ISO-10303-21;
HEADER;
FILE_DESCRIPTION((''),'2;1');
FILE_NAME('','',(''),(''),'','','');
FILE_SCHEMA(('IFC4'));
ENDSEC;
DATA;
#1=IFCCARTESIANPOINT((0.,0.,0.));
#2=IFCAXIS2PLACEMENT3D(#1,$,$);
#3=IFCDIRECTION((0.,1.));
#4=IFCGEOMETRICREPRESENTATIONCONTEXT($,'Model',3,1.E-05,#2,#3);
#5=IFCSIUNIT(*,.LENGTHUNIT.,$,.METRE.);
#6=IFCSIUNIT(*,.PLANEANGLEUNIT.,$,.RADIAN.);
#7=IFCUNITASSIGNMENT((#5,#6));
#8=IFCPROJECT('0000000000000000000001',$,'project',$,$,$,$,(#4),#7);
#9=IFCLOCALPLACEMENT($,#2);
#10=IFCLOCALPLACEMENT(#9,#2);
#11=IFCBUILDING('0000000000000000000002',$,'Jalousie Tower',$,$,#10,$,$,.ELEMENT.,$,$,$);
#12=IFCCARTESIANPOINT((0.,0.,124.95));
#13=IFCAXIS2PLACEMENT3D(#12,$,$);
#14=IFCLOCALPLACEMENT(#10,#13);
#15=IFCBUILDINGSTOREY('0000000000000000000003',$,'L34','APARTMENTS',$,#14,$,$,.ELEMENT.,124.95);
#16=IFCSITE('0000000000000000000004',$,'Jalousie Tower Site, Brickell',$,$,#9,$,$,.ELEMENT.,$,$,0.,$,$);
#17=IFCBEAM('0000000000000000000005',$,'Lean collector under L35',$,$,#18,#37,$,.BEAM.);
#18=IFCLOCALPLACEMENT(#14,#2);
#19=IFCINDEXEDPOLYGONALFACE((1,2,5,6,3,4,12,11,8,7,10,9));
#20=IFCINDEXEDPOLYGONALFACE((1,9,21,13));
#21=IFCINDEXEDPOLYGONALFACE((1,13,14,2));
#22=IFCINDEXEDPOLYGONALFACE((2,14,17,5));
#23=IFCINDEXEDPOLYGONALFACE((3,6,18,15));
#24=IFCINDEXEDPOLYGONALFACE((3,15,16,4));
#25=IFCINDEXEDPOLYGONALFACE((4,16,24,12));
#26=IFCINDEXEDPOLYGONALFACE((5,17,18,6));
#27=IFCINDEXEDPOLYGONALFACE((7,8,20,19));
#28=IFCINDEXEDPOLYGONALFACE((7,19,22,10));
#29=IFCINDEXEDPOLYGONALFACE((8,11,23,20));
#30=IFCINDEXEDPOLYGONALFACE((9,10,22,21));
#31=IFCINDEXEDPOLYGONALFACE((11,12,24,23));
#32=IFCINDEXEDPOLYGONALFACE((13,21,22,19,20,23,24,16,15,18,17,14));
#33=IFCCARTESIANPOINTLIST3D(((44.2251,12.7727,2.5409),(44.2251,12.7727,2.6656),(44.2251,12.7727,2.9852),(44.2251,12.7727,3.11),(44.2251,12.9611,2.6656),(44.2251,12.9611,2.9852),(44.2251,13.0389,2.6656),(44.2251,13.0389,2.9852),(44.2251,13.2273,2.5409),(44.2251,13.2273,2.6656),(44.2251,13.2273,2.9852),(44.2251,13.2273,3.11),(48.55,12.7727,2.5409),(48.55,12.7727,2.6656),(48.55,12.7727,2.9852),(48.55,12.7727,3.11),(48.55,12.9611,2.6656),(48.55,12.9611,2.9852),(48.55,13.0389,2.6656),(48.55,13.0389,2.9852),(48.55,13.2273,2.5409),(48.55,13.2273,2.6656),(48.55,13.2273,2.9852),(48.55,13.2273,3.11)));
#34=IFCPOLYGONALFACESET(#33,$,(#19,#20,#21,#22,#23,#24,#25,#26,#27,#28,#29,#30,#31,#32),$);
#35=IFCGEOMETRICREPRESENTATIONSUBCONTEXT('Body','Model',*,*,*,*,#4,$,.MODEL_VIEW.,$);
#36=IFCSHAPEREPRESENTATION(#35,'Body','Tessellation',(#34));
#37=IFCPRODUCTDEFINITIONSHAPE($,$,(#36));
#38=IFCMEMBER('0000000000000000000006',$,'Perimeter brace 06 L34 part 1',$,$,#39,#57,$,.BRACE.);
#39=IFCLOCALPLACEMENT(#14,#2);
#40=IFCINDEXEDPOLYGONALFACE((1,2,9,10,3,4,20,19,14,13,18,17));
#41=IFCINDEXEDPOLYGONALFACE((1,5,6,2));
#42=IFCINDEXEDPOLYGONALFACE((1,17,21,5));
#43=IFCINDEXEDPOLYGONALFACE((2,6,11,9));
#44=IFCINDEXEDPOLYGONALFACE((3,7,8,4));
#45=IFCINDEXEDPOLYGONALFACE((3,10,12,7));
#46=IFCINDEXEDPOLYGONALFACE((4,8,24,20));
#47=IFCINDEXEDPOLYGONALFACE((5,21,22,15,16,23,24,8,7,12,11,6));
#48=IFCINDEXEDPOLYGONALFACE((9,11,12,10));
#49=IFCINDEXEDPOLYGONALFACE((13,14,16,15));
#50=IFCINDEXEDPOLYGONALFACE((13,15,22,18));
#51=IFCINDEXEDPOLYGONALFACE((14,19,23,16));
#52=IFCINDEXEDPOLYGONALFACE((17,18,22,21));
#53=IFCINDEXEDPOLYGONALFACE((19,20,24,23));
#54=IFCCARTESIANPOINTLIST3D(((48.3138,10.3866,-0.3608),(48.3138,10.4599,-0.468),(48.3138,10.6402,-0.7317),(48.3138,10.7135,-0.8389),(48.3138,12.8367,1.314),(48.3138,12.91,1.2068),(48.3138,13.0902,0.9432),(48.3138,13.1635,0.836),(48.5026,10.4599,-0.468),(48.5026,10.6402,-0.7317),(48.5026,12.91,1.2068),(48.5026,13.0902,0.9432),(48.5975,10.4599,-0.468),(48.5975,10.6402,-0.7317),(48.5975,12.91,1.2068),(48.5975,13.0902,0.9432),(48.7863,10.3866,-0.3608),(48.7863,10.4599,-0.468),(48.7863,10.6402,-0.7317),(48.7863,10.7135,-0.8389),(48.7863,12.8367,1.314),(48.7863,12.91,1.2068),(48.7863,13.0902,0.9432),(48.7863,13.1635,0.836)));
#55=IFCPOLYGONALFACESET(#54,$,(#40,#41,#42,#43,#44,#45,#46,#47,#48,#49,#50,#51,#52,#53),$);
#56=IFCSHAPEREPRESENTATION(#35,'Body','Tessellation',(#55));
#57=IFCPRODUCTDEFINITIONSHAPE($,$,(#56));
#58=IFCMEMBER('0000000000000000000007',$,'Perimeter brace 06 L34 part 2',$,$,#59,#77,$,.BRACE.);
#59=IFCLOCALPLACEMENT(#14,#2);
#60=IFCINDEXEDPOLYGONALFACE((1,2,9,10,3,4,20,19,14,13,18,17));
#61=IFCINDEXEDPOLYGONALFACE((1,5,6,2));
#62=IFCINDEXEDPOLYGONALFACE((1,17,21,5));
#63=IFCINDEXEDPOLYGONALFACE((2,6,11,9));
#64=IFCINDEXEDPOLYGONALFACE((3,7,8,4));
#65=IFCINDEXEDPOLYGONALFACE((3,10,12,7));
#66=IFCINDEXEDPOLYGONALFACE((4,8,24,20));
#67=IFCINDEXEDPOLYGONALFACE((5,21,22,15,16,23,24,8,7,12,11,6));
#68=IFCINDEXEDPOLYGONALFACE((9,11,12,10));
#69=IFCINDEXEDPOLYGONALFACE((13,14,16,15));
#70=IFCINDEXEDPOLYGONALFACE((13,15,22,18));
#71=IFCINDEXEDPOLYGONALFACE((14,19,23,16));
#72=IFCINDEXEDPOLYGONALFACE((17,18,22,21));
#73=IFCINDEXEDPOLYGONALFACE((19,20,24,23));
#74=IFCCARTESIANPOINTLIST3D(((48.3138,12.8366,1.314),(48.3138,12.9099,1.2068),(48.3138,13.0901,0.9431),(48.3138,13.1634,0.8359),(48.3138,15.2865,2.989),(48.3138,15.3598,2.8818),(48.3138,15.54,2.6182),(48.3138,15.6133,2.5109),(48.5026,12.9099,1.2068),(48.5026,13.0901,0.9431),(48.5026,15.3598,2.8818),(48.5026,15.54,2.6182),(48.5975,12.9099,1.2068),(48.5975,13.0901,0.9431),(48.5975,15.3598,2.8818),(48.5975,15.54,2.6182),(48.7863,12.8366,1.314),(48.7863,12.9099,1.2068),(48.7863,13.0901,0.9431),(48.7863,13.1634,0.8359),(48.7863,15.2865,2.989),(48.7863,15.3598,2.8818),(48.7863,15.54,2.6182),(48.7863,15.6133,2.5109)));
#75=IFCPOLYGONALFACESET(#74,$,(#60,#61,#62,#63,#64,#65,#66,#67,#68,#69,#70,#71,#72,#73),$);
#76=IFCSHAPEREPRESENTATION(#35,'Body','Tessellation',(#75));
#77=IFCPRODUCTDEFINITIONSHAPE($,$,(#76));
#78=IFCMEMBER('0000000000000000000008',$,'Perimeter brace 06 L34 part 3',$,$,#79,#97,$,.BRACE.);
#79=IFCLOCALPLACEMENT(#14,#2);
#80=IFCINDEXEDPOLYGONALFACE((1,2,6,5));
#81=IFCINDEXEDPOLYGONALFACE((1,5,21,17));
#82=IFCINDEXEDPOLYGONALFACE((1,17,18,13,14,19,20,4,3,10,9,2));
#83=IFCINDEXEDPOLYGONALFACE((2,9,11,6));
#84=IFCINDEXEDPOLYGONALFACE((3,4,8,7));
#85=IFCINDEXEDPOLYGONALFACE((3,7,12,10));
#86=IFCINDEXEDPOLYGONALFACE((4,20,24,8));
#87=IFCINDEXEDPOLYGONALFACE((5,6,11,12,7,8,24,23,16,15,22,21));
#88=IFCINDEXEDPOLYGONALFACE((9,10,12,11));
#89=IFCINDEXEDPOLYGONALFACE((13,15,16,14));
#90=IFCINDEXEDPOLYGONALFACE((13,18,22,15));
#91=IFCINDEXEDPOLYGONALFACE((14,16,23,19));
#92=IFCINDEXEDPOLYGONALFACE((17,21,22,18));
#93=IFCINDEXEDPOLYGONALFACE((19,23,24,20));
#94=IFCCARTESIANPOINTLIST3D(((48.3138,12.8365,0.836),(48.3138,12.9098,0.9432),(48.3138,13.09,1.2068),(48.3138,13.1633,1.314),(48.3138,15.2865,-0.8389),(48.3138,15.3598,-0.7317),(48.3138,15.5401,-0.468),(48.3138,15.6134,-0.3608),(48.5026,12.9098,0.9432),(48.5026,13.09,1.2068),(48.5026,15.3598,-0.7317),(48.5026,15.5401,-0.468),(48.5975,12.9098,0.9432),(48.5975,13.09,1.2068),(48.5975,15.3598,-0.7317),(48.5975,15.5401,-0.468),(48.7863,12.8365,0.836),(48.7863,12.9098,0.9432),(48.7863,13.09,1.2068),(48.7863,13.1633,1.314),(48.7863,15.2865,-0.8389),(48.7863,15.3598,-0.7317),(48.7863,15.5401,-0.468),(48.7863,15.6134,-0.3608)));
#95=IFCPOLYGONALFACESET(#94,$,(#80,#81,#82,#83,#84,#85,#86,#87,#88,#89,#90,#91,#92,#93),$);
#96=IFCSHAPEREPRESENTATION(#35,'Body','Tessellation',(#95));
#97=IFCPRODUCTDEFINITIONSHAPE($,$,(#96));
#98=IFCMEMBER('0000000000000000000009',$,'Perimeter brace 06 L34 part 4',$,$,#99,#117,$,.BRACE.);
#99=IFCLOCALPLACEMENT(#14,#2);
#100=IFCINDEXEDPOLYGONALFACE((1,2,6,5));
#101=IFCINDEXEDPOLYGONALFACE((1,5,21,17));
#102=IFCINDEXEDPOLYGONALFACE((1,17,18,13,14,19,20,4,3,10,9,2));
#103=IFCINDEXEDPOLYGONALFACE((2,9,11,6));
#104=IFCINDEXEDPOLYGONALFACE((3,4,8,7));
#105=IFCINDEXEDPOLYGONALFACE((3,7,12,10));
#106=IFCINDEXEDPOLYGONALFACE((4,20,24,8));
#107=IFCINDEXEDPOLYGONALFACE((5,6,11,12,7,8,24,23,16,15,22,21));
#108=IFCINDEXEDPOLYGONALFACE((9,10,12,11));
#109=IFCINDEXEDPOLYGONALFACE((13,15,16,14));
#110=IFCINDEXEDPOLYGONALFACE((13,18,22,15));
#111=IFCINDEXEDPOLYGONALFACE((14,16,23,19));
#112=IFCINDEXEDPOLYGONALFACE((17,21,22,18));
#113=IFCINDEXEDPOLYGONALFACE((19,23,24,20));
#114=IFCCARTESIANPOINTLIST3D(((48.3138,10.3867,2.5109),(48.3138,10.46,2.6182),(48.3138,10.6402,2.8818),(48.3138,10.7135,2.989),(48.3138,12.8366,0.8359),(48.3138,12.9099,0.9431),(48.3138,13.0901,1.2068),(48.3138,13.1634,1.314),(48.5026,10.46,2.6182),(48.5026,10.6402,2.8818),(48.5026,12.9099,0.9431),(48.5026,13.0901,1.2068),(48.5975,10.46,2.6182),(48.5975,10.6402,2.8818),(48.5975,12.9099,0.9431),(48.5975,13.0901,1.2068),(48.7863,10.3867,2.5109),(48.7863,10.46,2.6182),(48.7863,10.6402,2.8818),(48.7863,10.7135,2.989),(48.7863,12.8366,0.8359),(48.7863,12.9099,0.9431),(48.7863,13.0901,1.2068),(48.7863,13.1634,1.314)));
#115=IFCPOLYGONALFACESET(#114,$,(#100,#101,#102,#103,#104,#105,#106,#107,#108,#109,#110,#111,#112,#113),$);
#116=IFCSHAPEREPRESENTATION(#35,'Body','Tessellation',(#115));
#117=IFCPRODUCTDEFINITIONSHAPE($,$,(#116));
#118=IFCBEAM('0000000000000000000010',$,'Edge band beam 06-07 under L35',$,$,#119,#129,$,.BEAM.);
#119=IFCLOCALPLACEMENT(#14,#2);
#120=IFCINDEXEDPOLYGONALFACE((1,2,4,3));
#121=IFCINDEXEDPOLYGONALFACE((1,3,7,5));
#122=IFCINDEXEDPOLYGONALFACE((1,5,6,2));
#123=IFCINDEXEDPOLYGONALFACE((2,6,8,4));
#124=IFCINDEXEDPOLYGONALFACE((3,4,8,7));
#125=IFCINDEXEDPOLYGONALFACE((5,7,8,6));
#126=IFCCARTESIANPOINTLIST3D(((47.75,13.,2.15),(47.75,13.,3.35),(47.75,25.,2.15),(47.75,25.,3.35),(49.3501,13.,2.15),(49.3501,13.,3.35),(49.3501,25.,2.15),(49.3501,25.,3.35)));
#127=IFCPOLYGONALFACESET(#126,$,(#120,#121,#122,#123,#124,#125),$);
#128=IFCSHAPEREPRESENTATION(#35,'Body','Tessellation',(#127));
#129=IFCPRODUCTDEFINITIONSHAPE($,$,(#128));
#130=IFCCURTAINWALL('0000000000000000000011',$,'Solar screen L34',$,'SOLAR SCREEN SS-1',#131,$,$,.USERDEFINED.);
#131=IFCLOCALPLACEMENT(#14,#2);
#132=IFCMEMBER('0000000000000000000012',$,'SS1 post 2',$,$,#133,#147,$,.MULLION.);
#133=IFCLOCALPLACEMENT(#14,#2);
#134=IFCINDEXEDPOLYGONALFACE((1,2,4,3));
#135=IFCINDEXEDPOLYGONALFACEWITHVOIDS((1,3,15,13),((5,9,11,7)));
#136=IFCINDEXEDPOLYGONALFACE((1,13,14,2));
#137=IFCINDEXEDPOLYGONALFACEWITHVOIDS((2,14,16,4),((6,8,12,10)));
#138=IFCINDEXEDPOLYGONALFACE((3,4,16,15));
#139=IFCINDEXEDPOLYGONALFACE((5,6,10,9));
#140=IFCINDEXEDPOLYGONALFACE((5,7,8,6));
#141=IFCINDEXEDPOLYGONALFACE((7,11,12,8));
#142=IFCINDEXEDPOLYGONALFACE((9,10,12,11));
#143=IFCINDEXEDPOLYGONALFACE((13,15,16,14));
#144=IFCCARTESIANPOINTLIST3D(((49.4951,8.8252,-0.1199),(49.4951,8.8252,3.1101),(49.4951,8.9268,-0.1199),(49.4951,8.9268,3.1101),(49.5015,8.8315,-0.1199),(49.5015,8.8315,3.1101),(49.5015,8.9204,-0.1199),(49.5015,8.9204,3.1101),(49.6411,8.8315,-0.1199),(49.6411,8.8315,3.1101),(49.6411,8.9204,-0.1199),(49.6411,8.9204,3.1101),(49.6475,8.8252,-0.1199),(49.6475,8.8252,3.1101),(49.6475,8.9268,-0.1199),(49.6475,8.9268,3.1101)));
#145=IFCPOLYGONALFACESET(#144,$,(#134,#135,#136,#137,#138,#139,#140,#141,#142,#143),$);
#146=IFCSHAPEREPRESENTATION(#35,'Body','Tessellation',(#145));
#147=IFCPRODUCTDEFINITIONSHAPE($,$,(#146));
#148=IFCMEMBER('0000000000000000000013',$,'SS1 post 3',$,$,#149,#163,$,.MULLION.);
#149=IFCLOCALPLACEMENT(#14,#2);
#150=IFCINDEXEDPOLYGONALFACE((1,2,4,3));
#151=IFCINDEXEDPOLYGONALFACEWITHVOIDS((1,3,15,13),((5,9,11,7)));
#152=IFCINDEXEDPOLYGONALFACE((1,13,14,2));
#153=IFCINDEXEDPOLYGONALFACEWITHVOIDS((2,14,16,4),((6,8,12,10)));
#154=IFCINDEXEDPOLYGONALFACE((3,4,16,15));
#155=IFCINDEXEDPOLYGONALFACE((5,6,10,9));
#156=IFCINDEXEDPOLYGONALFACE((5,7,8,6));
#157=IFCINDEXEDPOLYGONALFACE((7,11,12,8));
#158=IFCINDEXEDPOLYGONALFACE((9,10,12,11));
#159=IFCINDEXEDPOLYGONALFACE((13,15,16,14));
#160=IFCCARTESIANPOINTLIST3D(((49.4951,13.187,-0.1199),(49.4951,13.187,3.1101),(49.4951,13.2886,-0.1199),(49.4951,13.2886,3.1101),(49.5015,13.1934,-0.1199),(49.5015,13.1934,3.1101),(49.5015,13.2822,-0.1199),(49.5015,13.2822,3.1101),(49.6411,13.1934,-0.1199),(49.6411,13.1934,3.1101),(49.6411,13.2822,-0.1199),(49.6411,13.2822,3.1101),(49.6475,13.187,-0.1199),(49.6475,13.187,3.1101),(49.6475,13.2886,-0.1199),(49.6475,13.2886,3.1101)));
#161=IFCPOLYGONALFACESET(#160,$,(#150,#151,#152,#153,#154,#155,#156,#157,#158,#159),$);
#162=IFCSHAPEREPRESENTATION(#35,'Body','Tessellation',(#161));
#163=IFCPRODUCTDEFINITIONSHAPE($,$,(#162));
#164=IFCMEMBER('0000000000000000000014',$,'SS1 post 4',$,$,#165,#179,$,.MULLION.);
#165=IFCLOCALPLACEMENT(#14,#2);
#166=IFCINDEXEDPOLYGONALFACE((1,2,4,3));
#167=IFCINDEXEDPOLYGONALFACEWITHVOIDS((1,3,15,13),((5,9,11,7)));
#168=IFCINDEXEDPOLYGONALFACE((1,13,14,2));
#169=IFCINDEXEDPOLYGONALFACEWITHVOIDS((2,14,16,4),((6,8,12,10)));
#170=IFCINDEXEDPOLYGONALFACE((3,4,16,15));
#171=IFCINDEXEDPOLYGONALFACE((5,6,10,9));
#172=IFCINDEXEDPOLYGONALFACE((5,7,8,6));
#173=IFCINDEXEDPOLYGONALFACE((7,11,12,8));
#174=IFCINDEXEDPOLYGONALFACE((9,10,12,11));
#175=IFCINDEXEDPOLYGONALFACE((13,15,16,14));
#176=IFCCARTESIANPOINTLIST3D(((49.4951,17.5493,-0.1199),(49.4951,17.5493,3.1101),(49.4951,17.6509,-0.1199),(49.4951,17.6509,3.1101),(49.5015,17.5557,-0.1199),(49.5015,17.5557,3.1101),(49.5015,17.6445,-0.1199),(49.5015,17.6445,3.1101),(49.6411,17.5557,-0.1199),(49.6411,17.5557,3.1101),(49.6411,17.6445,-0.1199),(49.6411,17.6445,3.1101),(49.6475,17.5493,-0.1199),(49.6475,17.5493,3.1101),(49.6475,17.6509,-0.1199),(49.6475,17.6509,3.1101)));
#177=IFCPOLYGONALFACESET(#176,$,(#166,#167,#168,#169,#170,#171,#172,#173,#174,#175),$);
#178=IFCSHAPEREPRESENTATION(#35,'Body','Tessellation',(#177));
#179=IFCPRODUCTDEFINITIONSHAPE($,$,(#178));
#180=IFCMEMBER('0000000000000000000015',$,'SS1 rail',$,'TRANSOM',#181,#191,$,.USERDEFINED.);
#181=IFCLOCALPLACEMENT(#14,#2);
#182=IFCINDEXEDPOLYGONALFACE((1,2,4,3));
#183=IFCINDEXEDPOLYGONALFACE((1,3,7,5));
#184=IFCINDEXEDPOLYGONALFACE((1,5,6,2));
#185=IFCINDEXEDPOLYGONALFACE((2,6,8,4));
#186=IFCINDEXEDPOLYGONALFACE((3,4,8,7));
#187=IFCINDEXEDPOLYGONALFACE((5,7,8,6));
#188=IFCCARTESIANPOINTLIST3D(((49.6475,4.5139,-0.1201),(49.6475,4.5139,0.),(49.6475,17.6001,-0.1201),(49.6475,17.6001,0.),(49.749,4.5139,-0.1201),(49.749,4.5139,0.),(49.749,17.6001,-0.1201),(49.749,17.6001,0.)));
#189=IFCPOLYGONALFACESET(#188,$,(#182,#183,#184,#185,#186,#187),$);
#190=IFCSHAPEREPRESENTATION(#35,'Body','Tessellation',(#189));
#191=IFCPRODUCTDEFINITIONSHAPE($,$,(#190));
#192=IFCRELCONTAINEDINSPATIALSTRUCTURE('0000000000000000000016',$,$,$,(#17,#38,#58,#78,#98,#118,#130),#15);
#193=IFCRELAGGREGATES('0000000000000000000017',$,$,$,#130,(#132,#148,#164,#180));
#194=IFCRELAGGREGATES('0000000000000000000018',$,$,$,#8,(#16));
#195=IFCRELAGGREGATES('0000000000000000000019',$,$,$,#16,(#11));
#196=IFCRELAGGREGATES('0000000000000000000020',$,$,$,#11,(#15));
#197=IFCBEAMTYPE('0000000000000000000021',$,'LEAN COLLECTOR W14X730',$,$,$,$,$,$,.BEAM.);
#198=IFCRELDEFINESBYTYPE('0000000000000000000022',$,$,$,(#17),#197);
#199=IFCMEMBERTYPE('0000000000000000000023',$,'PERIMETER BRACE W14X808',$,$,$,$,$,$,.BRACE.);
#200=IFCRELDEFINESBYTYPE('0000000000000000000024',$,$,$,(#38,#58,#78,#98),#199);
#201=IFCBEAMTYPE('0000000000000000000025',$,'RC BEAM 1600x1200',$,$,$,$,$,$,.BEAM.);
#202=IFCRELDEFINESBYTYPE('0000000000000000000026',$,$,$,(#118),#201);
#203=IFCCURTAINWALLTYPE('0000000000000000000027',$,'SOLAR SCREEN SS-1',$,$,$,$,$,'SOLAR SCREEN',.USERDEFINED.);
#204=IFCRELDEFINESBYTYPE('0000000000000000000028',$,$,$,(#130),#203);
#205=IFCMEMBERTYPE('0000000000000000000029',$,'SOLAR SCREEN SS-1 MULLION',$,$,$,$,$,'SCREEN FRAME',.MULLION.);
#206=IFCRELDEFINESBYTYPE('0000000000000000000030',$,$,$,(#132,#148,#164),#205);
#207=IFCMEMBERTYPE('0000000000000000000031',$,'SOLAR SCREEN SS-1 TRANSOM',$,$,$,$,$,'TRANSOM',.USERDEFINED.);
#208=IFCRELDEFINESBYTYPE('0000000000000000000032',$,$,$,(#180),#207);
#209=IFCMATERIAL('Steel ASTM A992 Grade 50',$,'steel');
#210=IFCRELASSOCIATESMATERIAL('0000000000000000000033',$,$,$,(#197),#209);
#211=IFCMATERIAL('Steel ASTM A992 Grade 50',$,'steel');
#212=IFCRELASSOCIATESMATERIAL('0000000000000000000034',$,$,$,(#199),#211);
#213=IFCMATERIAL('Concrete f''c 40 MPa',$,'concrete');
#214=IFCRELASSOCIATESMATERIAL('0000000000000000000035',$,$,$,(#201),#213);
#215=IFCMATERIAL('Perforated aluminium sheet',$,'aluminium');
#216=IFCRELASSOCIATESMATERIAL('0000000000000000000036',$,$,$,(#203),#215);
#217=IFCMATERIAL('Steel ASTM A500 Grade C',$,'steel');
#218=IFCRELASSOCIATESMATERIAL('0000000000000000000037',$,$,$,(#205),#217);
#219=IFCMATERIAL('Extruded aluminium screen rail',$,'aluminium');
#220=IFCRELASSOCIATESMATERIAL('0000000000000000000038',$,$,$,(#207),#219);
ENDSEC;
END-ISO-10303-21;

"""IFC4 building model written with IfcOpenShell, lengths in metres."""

from ifc_helpers import new_model, si_unit, direction, frame, origin, origin_2d, place, context, subcontext, project, spatial, rectangle, hollow_rectangle, i_section, extrude, material, material_profile, profile_set, type_object, element, aggregate, save


model = new_model("IFC4")

# Units and contexts
model_context = context("Model", 3, precision=1e-05, world=origin(), true_north=direction((0.0, 1.0)))
body_context = subcontext(model_context, "Body", "Model", "MODEL_VIEW")
ifc_project = project(units=[si_unit("LENGTHUNIT", "METRE"), si_unit("PLANEANGLEUNIT", "RADIAN")], contexts=[model_context])

# Site, building, storey
site_placement = place(None, origin())
site = spatial("IfcSite", under=ifc_project, at=site_placement, Name="Jalousie Tower Site, Brickell", CompositionType="ELEMENT", RefElevation=0.0)
building_placement = place(site_placement, origin())
building = spatial("IfcBuilding", under=site, at=building_placement, Name="Jalousie Tower", CompositionType="ELEMENT")
storey_placement = place(building_placement, frame((0.0, 0.0, 124.95)))
storey = spatial("IfcBuildingStorey", under=building, at=storey_placement, Name="L34", Description="APARTMENTS", CompositionType="ELEMENT", Elevation=124.95)

# Beam
ifc_material_1 = material(Name="Steel ASTM A992 Grade 50", Category="steel")
ifc_material_profile_1 = material_profile(ifc_material_1, i_section(OverallWidth=0.4546, OverallDepth=0.5691, WebThickness=0.0779, FlangeThickness=0.1248, at=origin_2d()), Name="W14X730")
ifc_profile_set_1 = profile_set([ifc_material_profile_1], Name="Steel ASTM A992 Grade 50")
beam_type_1 = type_object("IfcBeamType", Name="LEAN COLLECTOR W14X730", PredefinedType="BEAM", material=ifc_profile_set_1)
beam_1_placement = place(storey_placement, frame((48.55, 13.0, 2.8254), z_axis=(-1.0, 0.0, 0.0), x_axis=(0.0, -1.0, 0.0)))
element("IfcBeam", 1, at=beam_1_placement, inside=storey, type_object=beam_type_1, Name="Lean collector under L35", PredefinedType="BEAM", context=body_context, shape_type="SweptSolid", body=[
    extrude(i_section(OverallWidth=0.4546, OverallDepth=0.5691, WebThickness=0.0779, FlangeThickness=0.1248, at=origin_2d()), origin(), (0.0, 0.0, 1.0), 4.325),
])

# Members
ifc_material_2 = material(Name="Steel ASTM A992 Grade 50", Category="steel")
ifc_material_profile_2 = material_profile(ifc_material_2, i_section(OverallWidth=0.4724, OverallDepth=0.5791, WebThickness=0.095, FlangeThickness=0.1299, at=origin_2d()), Name="W14X808")
ifc_profile_set_2 = profile_set([ifc_material_profile_2], Name="Steel ASTM A992 Grade 50")
member_type_1 = type_object("IfcMemberType", Name="PERIMETER BRACE W14X808", PredefinedType="BRACE", material=ifc_profile_set_2)
for number, where, z_axis, x_axis, name in (
    (2, (48.55, 10.55, -0.5999), (0.0, 0.825539, 0.564345), (-1.0, 0.0, 0.0), "Perimeter brace 06 L34 part 1"),
    (3, (48.55, 13.0, 1.075), (0.0, 0.825501, 0.564401), (-1.0, 0.0, 0.0), "Perimeter brace 06 L34 part 2"),
    (4, (48.55, 15.45, -0.5999), (0.0, -0.825539, 0.564345), (1.0, 0.0, 0.0), "Perimeter brace 06 L34 part 3"),
    (5, (48.55, 13.0, 1.075), (0.0, -0.825501, 0.564401), (1.0, 0.0, 0.0), "Perimeter brace 06 L34 part 4"),
):
    element("IfcMember", number, at=place(storey_placement, frame(where, z_axis=z_axis, x_axis=x_axis)), inside=storey, type_object=member_type_1, Name=name, PredefinedType="BRACE", context=body_context, shape_type="SweptSolid", body=[
        extrude(i_section(OverallWidth=0.4724, OverallDepth=0.5791, WebThickness=0.095, FlangeThickness=0.1299, at=origin_2d()), origin(), (0.0, 0.0, 1.0), 2.9678),
    ])

# Beam
ifc_material_3 = material(Name="Concrete f'c 40 MPa", Category="concrete")
ifc_material_profile_3 = material_profile(ifc_material_3, rectangle(XDim=1.6001, YDim=1.2, at=origin_2d()), Name="RC 1600x1200")
ifc_profile_set_3 = profile_set([ifc_material_profile_3], Name="Concrete f'c 40 MPa")
beam_type_2 = type_object("IfcBeamType", Name="RC BEAM 1600x1200", PredefinedType="BEAM", material=ifc_profile_set_3)
beam_2_placement = place(storey_placement, frame((48.55, 13.0, 2.75), z_axis=(0.0, 1.0, 0.0), x_axis=(-1.0, 0.0, 0.0)))
element("IfcBeam", 6, at=beam_2_placement, inside=storey, type_object=beam_type_2, Name="Edge band beam 06-07 under L35", PredefinedType="BEAM", context=body_context, shape_type="SweptSolid", body=[
    extrude(rectangle(XDim=1.6001, YDim=1.2, at=origin_2d()), origin(), (0.0, 0.0, 1.0), 12.0),
])

# Curtain wall, members
ifc_material_4 = material(Name="Perforated aluminium sheet", Category="aluminium")
curtain_wall_type = type_object("IfcCurtainWallType", Name="SOLAR SCREEN SS-1", ElementType="SOLAR SCREEN", PredefinedType="USERDEFINED", material=ifc_material_4)
curtain_wall_placement = place(storey_placement, origin())
curtain_wall = element("IfcCurtainWall", 7, at=curtain_wall_placement, inside=storey, type_object=curtain_wall_type, Name="Solar screen L34", ObjectType="SOLAR SCREEN SS-1", PredefinedType="USERDEFINED")
ifc_material_5 = material(Name="Steel ASTM A500 Grade C", Category="steel")
ifc_material_profile_4 = material_profile(ifc_material_5, hollow_rectangle(XDim=0.1016, YDim=0.1523, WallThickness=0.0063, at=origin_2d()), Name="HSS6X4X1/4")
ifc_profile_set_4 = profile_set([ifc_material_profile_4], Name="Steel ASTM A500 Grade C")
member_type_2 = type_object("IfcMemberType", Name="SOLAR SCREEN SS-1 MULLION", ElementType="SCREEN FRAME", PredefinedType="MULLION", material=ifc_profile_set_4)
member_1_placement = place(storey_placement, frame((49.5713, 8.876, -0.1199), z_axis=(0.0, 0.0, 1.0), x_axis=(0.0, 1.0, 0.0)))
member_1 = element("IfcMember", 8, at=member_1_placement, type_object=member_type_2, Name="SS1 post 2", PredefinedType="MULLION", context=body_context, shape_type="SweptSolid", body=[
    extrude(hollow_rectangle(XDim=0.1016, YDim=0.1523, WallThickness=0.0063, at=origin_2d()), origin(), (0.0, 0.0, 1.0), 3.23),
])
member_2_placement = place(storey_placement, frame((49.5713, 13.2378, -0.1199), z_axis=(0.0, 0.0, 1.0), x_axis=(0.0, 1.0, 0.0)))
member_2 = element("IfcMember", 9, at=member_2_placement, type_object=member_type_2, Name="SS1 post 3", PredefinedType="MULLION", context=body_context, shape_type="SweptSolid", body=[
    extrude(hollow_rectangle(XDim=0.1016, YDim=0.1523, WallThickness=0.0063, at=origin_2d()), origin(), (0.0, 0.0, 1.0), 3.23),
])
member_3_placement = place(storey_placement, frame((49.5713, 17.6001, -0.1199), z_axis=(0.0, 0.0, 1.0), x_axis=(0.0, 1.0, 0.0)))
member_3 = element("IfcMember", 10, at=member_3_placement, type_object=member_type_2, Name="SS1 post 4", PredefinedType="MULLION", context=body_context, shape_type="SweptSolid", body=[
    extrude(hollow_rectangle(XDim=0.1016, YDim=0.1523, WallThickness=0.0063, at=origin_2d()), origin(), (0.0, 0.0, 1.0), 3.23),
])
ifc_material_6 = material(Name="Extruded aluminium screen rail", Category="aluminium")
ifc_material_profile_5 = material_profile(ifc_material_6, rectangle(XDim=0.1016, YDim=0.1201, at=origin_2d()), Name="RAIL 102x120")
ifc_profile_set_5 = profile_set([ifc_material_profile_5], Name="Extruded aluminium screen rail")
member_type_3 = type_object("IfcMemberType", Name="SOLAR SCREEN SS-1 TRANSOM", ElementType="TRANSOM", PredefinedType="USERDEFINED", material=ifc_profile_set_5)
member_4_placement = place(storey_placement, frame((49.6982, 4.5139, -0.0601), z_axis=(0.0, 1.0, 0.0), x_axis=(-1.0, 0.0, 0.0)))
member_4 = element("IfcMember", 11, at=member_4_placement, type_object=member_type_3, Name="SS1 rail", ObjectType="TRANSOM", PredefinedType="USERDEFINED", context=body_context, shape_type="SweptSolid", body=[
    extrude(rectangle(XDim=0.1016, YDim=0.1201, at=origin_2d()), origin(), (0.0, 0.0, 1.0), 13.0862),
])
aggregate(curtain_wall, [member_1, member_2, member_3, member_4])

save(model, "model.ifc")
